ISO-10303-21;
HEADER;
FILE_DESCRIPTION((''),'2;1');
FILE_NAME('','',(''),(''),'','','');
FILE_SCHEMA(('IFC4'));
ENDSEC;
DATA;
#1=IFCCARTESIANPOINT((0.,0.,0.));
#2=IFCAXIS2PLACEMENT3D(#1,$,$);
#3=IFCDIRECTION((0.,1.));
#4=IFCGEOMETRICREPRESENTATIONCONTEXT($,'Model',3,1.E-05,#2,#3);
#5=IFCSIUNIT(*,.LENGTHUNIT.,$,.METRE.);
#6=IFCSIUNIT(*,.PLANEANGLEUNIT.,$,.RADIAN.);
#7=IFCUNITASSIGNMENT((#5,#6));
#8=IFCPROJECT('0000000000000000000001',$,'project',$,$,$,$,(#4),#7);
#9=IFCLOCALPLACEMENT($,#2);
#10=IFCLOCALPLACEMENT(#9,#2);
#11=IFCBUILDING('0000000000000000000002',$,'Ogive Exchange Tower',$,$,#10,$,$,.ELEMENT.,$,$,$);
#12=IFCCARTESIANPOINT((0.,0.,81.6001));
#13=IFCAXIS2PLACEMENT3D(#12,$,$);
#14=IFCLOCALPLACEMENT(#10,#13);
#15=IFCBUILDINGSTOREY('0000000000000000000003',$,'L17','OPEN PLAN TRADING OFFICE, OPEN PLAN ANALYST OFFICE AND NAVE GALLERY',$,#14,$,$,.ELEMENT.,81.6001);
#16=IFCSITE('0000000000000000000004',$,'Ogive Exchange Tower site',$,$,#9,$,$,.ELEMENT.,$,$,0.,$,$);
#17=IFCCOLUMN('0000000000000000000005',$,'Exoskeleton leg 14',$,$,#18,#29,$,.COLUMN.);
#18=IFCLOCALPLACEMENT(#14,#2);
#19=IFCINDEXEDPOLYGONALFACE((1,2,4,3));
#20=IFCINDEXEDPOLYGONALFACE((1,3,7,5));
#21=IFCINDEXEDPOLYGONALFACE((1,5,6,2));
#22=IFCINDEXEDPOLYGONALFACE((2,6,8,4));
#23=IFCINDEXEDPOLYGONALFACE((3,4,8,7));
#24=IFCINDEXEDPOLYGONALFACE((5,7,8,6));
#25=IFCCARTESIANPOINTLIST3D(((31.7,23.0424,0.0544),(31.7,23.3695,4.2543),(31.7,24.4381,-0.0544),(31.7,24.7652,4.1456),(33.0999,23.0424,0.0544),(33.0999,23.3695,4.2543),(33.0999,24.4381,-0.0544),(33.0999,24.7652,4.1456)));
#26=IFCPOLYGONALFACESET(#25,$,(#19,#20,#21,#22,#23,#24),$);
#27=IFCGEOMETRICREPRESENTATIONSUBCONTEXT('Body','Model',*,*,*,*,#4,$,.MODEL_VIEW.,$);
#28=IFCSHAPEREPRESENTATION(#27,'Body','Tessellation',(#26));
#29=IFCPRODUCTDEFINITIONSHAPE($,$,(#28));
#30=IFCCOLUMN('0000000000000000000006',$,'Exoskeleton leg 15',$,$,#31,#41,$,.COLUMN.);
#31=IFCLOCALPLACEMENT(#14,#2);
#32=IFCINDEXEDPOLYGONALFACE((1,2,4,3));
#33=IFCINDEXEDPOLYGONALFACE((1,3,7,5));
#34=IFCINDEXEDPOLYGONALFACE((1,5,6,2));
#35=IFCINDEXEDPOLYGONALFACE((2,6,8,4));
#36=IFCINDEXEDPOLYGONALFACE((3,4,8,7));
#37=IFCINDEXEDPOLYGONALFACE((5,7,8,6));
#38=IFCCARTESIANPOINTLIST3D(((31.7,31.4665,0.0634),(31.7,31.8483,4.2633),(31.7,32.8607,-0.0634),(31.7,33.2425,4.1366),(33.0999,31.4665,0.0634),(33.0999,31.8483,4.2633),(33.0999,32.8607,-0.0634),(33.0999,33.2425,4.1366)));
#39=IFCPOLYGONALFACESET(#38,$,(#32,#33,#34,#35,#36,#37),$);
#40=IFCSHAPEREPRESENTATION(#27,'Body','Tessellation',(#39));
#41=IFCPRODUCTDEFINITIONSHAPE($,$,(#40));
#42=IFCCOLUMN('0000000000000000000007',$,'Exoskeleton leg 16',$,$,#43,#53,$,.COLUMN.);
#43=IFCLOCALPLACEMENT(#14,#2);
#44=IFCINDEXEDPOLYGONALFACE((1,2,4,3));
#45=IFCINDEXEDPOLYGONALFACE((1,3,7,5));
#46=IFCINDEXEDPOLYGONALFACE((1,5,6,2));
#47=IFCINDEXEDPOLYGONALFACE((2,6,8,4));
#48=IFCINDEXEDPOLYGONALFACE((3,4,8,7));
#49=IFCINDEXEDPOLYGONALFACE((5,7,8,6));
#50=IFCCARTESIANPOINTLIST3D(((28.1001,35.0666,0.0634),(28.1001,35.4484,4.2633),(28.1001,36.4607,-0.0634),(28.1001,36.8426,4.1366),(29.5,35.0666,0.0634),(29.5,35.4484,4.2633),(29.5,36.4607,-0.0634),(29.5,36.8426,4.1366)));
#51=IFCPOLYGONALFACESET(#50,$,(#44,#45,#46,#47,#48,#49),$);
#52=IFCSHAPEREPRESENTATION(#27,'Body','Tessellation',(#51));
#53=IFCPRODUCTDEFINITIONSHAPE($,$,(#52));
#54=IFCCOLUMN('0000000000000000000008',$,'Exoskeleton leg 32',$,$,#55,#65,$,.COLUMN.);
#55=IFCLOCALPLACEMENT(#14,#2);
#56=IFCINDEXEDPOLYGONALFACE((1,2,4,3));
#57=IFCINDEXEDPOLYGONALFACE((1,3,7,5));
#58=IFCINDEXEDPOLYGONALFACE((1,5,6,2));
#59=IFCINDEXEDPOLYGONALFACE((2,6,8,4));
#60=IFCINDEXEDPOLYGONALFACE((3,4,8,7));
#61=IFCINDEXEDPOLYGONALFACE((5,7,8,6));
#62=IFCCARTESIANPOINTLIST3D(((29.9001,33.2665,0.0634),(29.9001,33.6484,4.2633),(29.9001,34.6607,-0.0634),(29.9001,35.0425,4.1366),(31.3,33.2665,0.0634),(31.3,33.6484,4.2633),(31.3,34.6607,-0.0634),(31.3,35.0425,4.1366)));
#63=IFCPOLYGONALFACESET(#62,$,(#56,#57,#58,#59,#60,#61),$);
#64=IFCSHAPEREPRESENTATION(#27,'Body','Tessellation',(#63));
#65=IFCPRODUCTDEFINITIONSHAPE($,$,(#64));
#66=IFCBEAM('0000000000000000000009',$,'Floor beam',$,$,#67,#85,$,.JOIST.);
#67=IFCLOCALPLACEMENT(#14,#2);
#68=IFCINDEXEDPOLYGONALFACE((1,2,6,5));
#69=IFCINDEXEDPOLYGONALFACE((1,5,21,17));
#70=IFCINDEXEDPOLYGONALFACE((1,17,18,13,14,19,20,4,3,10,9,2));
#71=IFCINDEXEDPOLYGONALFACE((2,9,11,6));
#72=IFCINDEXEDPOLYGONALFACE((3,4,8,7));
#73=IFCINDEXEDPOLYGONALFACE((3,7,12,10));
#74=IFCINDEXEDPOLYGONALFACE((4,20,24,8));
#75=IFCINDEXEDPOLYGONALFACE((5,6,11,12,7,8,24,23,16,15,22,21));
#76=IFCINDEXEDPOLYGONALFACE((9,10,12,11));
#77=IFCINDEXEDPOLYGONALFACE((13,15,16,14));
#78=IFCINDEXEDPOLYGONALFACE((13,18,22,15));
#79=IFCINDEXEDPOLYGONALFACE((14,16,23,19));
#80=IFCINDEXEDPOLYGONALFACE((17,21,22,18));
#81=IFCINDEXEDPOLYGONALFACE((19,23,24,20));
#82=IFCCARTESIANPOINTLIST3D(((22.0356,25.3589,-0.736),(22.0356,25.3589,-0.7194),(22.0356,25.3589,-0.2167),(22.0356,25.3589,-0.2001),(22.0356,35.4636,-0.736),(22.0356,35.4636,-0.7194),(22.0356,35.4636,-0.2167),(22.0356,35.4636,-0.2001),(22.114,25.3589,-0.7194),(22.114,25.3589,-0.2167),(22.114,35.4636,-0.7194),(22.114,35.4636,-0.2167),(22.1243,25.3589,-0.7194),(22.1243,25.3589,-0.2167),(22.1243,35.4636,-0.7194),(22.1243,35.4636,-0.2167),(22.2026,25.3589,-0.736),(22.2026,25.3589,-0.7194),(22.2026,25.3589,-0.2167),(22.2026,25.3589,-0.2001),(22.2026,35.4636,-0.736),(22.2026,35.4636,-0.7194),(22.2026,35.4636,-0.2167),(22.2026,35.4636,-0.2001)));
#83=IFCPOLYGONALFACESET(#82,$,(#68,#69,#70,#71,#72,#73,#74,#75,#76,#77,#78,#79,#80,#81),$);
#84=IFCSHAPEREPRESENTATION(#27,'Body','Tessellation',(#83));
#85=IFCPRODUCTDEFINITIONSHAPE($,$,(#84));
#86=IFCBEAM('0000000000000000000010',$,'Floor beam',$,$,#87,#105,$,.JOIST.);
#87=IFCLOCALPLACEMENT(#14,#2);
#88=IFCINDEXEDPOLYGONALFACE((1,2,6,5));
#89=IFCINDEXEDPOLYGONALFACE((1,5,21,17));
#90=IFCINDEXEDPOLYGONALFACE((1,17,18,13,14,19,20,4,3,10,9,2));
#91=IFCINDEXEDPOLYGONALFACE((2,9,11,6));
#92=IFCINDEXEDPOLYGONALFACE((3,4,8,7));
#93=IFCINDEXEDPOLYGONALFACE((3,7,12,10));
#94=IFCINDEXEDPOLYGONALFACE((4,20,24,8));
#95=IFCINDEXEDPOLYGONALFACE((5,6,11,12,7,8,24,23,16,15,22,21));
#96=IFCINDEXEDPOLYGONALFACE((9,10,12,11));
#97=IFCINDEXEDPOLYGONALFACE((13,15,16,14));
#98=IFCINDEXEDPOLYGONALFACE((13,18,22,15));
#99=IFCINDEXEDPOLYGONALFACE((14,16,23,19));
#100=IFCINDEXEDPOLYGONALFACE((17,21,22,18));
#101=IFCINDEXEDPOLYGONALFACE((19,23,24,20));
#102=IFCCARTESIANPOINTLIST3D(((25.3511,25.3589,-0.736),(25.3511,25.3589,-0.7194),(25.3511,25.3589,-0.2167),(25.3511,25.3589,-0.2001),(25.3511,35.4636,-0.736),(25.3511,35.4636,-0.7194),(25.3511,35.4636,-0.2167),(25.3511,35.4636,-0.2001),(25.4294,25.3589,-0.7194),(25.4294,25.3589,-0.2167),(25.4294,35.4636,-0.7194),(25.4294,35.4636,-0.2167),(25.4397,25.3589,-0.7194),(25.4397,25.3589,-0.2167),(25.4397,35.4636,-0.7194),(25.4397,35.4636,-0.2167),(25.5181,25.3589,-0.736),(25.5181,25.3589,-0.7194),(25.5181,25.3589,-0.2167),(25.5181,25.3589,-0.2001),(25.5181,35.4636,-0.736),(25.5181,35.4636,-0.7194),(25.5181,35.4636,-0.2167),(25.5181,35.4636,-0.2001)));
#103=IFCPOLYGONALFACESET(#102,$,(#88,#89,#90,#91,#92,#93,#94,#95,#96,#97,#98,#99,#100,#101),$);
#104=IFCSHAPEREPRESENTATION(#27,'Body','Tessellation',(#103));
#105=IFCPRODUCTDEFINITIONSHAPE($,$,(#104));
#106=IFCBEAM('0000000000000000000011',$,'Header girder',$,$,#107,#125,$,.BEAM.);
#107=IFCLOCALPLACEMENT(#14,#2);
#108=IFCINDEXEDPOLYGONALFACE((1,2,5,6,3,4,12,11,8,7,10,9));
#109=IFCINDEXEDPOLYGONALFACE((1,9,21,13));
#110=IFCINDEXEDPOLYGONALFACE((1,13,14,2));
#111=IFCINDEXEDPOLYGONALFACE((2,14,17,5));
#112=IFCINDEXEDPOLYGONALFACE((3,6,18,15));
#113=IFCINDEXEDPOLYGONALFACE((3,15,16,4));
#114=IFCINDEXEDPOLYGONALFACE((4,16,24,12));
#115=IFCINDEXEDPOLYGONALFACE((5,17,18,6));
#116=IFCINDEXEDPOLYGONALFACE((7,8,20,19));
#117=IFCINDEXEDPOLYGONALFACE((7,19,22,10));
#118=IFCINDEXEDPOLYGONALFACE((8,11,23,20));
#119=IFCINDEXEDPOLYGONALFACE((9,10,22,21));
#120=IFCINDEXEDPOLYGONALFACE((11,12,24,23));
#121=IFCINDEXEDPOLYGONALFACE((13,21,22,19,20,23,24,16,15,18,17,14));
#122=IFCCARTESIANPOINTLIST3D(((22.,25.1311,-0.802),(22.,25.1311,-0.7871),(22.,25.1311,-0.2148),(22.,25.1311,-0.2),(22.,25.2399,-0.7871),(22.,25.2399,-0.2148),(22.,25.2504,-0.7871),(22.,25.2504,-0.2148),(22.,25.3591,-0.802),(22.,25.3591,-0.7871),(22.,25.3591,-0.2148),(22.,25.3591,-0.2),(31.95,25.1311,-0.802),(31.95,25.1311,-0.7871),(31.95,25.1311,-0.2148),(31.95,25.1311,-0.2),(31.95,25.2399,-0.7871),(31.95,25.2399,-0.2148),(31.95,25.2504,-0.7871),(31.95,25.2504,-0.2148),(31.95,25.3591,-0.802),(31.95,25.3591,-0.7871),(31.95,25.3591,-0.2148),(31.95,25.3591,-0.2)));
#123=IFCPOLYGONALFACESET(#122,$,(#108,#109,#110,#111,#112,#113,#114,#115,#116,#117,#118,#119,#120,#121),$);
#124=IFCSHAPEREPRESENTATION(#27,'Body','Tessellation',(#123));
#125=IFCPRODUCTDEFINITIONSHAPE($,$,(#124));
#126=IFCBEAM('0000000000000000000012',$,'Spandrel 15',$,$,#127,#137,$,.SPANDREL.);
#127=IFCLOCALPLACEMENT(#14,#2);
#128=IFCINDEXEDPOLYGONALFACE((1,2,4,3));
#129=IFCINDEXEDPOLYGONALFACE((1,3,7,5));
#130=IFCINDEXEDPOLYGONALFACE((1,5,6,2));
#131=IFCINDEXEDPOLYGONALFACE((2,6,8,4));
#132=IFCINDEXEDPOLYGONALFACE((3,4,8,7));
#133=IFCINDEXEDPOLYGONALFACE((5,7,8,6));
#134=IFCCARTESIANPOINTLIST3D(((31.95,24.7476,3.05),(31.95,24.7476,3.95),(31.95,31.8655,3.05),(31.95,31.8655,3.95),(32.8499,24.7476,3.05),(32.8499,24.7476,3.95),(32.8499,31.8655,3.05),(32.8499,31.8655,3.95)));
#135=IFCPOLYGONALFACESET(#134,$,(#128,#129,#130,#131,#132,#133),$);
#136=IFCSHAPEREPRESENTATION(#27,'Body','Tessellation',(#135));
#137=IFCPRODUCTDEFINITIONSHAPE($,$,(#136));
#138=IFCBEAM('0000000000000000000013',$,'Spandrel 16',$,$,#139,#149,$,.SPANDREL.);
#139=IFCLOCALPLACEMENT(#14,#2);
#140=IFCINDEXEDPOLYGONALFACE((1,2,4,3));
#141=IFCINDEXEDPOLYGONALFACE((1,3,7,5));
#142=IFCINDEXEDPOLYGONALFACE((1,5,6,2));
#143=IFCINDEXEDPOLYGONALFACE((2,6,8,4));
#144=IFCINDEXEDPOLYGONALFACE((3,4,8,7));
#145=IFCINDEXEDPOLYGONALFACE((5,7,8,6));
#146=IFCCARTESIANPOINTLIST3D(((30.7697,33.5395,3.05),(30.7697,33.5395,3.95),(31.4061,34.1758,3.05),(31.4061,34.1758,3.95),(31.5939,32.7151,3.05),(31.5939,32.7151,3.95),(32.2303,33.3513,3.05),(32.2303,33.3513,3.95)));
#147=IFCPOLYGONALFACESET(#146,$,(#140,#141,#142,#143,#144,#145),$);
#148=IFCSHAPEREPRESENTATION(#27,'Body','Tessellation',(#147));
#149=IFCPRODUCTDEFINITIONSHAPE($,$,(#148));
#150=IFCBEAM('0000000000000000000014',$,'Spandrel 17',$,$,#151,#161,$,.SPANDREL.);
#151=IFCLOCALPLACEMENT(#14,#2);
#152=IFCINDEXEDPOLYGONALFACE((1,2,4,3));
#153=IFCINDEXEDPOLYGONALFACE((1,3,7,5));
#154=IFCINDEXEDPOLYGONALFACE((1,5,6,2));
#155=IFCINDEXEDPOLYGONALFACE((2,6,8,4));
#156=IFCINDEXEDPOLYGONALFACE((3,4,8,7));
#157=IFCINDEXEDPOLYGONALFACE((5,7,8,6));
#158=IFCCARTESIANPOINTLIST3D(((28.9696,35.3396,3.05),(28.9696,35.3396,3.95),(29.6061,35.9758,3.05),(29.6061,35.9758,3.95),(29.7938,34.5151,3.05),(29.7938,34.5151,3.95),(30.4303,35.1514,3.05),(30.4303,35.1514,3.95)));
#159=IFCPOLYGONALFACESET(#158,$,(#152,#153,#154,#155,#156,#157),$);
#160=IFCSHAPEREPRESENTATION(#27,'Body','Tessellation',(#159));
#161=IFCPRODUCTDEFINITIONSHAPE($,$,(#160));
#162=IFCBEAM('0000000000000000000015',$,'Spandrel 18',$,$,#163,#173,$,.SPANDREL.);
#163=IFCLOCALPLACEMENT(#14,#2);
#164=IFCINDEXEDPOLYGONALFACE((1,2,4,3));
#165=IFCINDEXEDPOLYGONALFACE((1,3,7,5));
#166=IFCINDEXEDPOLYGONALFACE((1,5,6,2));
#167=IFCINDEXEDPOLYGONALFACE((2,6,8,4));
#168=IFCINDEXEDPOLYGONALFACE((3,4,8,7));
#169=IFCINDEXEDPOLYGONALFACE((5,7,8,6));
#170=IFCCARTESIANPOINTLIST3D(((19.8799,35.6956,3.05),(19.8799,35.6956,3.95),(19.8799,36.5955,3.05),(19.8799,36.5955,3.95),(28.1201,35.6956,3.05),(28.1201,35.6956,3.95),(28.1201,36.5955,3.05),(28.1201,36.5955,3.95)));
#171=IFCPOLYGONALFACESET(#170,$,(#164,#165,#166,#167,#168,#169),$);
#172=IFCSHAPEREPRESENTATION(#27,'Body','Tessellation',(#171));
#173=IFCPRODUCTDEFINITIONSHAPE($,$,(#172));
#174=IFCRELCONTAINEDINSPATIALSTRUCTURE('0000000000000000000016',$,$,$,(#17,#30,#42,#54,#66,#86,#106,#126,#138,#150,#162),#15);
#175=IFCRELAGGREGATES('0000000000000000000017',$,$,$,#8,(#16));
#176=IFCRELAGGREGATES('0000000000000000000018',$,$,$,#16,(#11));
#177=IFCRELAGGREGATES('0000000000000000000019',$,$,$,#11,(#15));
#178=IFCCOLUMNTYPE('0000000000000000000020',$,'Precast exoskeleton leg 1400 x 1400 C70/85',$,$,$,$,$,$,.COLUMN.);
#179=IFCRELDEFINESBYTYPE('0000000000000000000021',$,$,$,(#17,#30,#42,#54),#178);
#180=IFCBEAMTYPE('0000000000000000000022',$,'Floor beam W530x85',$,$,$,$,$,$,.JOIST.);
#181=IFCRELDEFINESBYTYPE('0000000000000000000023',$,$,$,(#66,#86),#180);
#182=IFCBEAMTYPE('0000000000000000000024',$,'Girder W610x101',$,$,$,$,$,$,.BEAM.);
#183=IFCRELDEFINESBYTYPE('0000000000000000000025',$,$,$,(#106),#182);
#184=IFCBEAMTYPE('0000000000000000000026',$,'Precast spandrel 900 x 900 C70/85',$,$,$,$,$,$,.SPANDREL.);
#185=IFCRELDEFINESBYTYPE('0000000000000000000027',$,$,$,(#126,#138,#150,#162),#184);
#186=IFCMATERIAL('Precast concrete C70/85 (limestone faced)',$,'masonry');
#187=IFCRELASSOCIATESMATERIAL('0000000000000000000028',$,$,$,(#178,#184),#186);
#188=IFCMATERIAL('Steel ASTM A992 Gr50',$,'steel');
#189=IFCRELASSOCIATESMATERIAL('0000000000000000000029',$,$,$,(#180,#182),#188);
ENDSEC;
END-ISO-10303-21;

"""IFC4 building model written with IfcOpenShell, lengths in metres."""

from ifc_helpers import new_model, si_unit, direction, frame, origin, origin_2d, place, context, subcontext, project, spatial, rectangle, i_section, extrude, material, material_profile, profile_set, type_object, element, save


model = new_model("IFC4")

# Units and contexts
model_context = context("Model", 3, precision=1e-05, world=origin(), true_north=direction((0.0, 1.0)))
body_context = subcontext(model_context, "Body", "Model", "MODEL_VIEW")
ifc_project = project(units=[si_unit("LENGTHUNIT", "METRE"), si_unit("PLANEANGLEUNIT", "RADIAN")], contexts=[model_context])

# Site, building, storey
site_placement = place(None, origin())
site = spatial("IfcSite", under=ifc_project, at=site_placement, Name="Ogive Exchange Tower site", CompositionType="ELEMENT", RefElevation=0.0)
building_placement = place(site_placement, origin())
building = spatial("IfcBuilding", under=site, at=building_placement, Name="Ogive Exchange Tower", CompositionType="ELEMENT")
storey_placement = place(building_placement, frame((0.0, 0.0, 81.6001)))
storey = spatial("IfcBuildingStorey", under=building, at=storey_placement, Name="L17", Description="OPEN PLAN TRADING OFFICE, OPEN PLAN ANALYST OFFICE AND NAVE GALLERY", CompositionType="ELEMENT", Elevation=81.6001)

# Columns
ifc_material_1 = material(Name="Precast concrete C70/85 (limestone faced)", Category="masonry")
ifc_material_profile_1 = material_profile(ifc_material_1, rectangle(XDim=1.3999, YDim=1.3999, at=origin_2d()), Name="1400 x 1400")
ifc_profile_set_1 = profile_set([ifc_material_profile_1], Name="Precast concrete C70/85 (limestone faced)")
column_type = type_object("IfcColumnType", Name="Precast exoskeleton leg 1400 x 1400 C70/85", PredefinedType="COLUMN", material=ifc_profile_set_1)
column_placement = place(storey_placement, frame((32.3999, 23.7402, 0.0), z_axis=(0.0, 0.077658, 0.99698), x_axis=(-1.0, 0.0, 0.0)))
element("IfcColumn", 1, at=column_placement, inside=storey, type_object=column_type, Name="Exoskeleton leg 14", PredefinedType="COLUMN", context=body_context, shape_type="SweptSolid", body=[
    extrude(rectangle(XDim=1.3999, YDim=1.3999, at=origin_2d()), origin(), (0.0, 0.0, 1.0), 4.2126),
])
for number, where, z_axis, x_axis, name in (
    (2, (32.3999, 32.1636, 0.0), (0.0, 0.090541, 0.995893), (-1.0, 0.0, 0.0), "Exoskeleton leg 15"),
    (3, (28.8, 35.7637, 0.0), (0.0, 0.090541, 0.995893), (-1.0, 0.0, 0.0), "Exoskeleton leg 16"),
    (4, (30.6001, 33.9636, 0.0), (0.0, 0.090541, 0.995893), (-1.0, 0.0, 0.0), "Exoskeleton leg 32"),
):
    element("IfcColumn", number, at=place(storey_placement, frame(where, z_axis=z_axis, x_axis=x_axis)), inside=storey, type_object=column_type, Name=name, PredefinedType="COLUMN", context=body_context, shape_type="SweptSolid", body=[
        extrude(rectangle(XDim=1.3999, YDim=1.3999, at=origin_2d()), origin(), (0.0, 0.0, 1.0), 4.2173),
    ])

# Beams
ifc_material_2 = material(Name="Steel ASTM A992 Gr50", Category="steel")
ifc_material_profile_2 = material_profile(ifc_material_2, i_section(OverallWidth=0.167, OverallDepth=0.5359, WebThickness=0.0103, FlangeThickness=0.0166, at=origin_2d()), Name="W530x85")
ifc_profile_set_2 = profile_set([ifc_material_profile_2], Name="Steel ASTM A992 Gr50")
beam_type_1 = type_object("IfcBeamType", Name="Floor beam W530x85", PredefinedType="JOIST", material=ifc_profile_set_2)
for number, where, z_axis, x_axis, name in (
    (5, (22.1191, 25.3589, -0.468), (0.0, 1.0, 0.0), (-1.0, 0.0, 0.0), "Floor beam"),
    (6, (25.4346, 25.3589, -0.468), (0.0, 1.0, 0.0), (-1.0, 0.0, 0.0), "Floor beam"),
):
    element("IfcBeam", number, at=place(storey_placement, frame(where, z_axis=z_axis, x_axis=x_axis)), inside=storey, type_object=beam_type_1, Name=name, PredefinedType="JOIST", context=body_context, shape_type="SweptSolid", body=[
        extrude(i_section(OverallWidth=0.167, OverallDepth=0.5359, WebThickness=0.0103, FlangeThickness=0.0166, at=origin_2d()), origin(), (0.0, 0.0, 1.0), 10.1047),
    ])
ifc_material_profile_3 = material_profile(ifc_material_2, i_section(OverallWidth=0.228, OverallDepth=0.6021, WebThickness=0.0105, FlangeThickness=0.0149, at=origin_2d()), Name="W610x101")
ifc_profile_set_3 = profile_set([ifc_material_profile_3], Name="Steel ASTM A992 Gr50")
beam_type_2 = type_object("IfcBeamType", Name="Girder W610x101", PredefinedType="BEAM", material=ifc_profile_set_3)
beam_1_placement = place(storey_placement, frame((22.0, 25.2451, -0.501), z_axis=(1.0, 0.0, 0.0), x_axis=(0.0, 1.0, 0.0)))
element("IfcBeam", 7, at=beam_1_placement, inside=storey, type_object=beam_type_2, Name="Header girder", PredefinedType="BEAM", context=body_context, shape_type="SweptSolid", body=[
    extrude(i_section(OverallWidth=0.228, OverallDepth=0.6021, WebThickness=0.0105, FlangeThickness=0.0149, at=origin_2d()), origin(), (0.0, 0.0, 1.0), 9.95),
])
ifc_material_profile_4 = material_profile(ifc_material_1, rectangle(XDim=0.8999, YDim=0.8999, at=origin_2d()), Name="900 x 900")
ifc_profile_set_4 = profile_set([ifc_material_profile_4], Name="Precast concrete C70/85 (limestone faced)")
beam_type_3 = type_object("IfcBeamType", Name="Precast spandrel 900 x 900 C70/85", PredefinedType="SPANDREL", material=ifc_profile_set_4)
beam_2_placement = place(storey_placement, frame((32.3999, 24.7476, 3.5), z_axis=(0.0, 1.0, 0.0), x_axis=(-1.0, 0.0, 0.0)))
element("IfcBeam", 8, at=beam_2_placement, inside=storey, type_object=beam_type_3, Name="Spandrel 15", PredefinedType="SPANDREL", context=body_context, shape_type="SweptSolid", body=[
    extrude(rectangle(XDim=0.8999, YDim=0.8999, at=origin_2d()), origin(), (0.0, 0.0, 1.0), 7.1179),
])
for number, where, z_axis, x_axis, name in (
    (9, (31.9121, 33.0332, 3.5), (-0.707002, 0.707211, 0.0), (-0.707211, -0.707002, 0.0), "Spandrel 16"),
    (10, (30.1121, 34.8333, 3.5), (-0.707002, 0.707211, 0.0), (-0.707211, -0.707002, 0.0), "Spandrel 17"),
):
    element("IfcBeam", number, at=place(storey_placement, frame(where, z_axis=z_axis, x_axis=x_axis)), inside=storey, type_object=beam_type_3, Name=name, PredefinedType="SPANDREL", context=body_context, shape_type="SweptSolid", body=[
        extrude(rectangle(XDim=0.8999, YDim=0.8999, at=origin_2d()), origin(), (0.0, 0.0, 1.0), 1.1658),
    ])
beam_3_placement = place(storey_placement, frame((28.1201, 36.1455, 3.5), z_axis=(-1.0, 0.0, 0.0), x_axis=(0.0, -1.0, 0.0)))
element("IfcBeam", 11, at=beam_3_placement, inside=storey, type_object=beam_type_3, Name="Spandrel 18", PredefinedType="SPANDREL", context=body_context, shape_type="SweptSolid", body=[
    extrude(rectangle(XDim=0.8999, YDim=0.8999, at=origin_2d()), origin(), (0.0, 0.0, 1.0), 8.2402),
])

save(model, "model.ifc")
